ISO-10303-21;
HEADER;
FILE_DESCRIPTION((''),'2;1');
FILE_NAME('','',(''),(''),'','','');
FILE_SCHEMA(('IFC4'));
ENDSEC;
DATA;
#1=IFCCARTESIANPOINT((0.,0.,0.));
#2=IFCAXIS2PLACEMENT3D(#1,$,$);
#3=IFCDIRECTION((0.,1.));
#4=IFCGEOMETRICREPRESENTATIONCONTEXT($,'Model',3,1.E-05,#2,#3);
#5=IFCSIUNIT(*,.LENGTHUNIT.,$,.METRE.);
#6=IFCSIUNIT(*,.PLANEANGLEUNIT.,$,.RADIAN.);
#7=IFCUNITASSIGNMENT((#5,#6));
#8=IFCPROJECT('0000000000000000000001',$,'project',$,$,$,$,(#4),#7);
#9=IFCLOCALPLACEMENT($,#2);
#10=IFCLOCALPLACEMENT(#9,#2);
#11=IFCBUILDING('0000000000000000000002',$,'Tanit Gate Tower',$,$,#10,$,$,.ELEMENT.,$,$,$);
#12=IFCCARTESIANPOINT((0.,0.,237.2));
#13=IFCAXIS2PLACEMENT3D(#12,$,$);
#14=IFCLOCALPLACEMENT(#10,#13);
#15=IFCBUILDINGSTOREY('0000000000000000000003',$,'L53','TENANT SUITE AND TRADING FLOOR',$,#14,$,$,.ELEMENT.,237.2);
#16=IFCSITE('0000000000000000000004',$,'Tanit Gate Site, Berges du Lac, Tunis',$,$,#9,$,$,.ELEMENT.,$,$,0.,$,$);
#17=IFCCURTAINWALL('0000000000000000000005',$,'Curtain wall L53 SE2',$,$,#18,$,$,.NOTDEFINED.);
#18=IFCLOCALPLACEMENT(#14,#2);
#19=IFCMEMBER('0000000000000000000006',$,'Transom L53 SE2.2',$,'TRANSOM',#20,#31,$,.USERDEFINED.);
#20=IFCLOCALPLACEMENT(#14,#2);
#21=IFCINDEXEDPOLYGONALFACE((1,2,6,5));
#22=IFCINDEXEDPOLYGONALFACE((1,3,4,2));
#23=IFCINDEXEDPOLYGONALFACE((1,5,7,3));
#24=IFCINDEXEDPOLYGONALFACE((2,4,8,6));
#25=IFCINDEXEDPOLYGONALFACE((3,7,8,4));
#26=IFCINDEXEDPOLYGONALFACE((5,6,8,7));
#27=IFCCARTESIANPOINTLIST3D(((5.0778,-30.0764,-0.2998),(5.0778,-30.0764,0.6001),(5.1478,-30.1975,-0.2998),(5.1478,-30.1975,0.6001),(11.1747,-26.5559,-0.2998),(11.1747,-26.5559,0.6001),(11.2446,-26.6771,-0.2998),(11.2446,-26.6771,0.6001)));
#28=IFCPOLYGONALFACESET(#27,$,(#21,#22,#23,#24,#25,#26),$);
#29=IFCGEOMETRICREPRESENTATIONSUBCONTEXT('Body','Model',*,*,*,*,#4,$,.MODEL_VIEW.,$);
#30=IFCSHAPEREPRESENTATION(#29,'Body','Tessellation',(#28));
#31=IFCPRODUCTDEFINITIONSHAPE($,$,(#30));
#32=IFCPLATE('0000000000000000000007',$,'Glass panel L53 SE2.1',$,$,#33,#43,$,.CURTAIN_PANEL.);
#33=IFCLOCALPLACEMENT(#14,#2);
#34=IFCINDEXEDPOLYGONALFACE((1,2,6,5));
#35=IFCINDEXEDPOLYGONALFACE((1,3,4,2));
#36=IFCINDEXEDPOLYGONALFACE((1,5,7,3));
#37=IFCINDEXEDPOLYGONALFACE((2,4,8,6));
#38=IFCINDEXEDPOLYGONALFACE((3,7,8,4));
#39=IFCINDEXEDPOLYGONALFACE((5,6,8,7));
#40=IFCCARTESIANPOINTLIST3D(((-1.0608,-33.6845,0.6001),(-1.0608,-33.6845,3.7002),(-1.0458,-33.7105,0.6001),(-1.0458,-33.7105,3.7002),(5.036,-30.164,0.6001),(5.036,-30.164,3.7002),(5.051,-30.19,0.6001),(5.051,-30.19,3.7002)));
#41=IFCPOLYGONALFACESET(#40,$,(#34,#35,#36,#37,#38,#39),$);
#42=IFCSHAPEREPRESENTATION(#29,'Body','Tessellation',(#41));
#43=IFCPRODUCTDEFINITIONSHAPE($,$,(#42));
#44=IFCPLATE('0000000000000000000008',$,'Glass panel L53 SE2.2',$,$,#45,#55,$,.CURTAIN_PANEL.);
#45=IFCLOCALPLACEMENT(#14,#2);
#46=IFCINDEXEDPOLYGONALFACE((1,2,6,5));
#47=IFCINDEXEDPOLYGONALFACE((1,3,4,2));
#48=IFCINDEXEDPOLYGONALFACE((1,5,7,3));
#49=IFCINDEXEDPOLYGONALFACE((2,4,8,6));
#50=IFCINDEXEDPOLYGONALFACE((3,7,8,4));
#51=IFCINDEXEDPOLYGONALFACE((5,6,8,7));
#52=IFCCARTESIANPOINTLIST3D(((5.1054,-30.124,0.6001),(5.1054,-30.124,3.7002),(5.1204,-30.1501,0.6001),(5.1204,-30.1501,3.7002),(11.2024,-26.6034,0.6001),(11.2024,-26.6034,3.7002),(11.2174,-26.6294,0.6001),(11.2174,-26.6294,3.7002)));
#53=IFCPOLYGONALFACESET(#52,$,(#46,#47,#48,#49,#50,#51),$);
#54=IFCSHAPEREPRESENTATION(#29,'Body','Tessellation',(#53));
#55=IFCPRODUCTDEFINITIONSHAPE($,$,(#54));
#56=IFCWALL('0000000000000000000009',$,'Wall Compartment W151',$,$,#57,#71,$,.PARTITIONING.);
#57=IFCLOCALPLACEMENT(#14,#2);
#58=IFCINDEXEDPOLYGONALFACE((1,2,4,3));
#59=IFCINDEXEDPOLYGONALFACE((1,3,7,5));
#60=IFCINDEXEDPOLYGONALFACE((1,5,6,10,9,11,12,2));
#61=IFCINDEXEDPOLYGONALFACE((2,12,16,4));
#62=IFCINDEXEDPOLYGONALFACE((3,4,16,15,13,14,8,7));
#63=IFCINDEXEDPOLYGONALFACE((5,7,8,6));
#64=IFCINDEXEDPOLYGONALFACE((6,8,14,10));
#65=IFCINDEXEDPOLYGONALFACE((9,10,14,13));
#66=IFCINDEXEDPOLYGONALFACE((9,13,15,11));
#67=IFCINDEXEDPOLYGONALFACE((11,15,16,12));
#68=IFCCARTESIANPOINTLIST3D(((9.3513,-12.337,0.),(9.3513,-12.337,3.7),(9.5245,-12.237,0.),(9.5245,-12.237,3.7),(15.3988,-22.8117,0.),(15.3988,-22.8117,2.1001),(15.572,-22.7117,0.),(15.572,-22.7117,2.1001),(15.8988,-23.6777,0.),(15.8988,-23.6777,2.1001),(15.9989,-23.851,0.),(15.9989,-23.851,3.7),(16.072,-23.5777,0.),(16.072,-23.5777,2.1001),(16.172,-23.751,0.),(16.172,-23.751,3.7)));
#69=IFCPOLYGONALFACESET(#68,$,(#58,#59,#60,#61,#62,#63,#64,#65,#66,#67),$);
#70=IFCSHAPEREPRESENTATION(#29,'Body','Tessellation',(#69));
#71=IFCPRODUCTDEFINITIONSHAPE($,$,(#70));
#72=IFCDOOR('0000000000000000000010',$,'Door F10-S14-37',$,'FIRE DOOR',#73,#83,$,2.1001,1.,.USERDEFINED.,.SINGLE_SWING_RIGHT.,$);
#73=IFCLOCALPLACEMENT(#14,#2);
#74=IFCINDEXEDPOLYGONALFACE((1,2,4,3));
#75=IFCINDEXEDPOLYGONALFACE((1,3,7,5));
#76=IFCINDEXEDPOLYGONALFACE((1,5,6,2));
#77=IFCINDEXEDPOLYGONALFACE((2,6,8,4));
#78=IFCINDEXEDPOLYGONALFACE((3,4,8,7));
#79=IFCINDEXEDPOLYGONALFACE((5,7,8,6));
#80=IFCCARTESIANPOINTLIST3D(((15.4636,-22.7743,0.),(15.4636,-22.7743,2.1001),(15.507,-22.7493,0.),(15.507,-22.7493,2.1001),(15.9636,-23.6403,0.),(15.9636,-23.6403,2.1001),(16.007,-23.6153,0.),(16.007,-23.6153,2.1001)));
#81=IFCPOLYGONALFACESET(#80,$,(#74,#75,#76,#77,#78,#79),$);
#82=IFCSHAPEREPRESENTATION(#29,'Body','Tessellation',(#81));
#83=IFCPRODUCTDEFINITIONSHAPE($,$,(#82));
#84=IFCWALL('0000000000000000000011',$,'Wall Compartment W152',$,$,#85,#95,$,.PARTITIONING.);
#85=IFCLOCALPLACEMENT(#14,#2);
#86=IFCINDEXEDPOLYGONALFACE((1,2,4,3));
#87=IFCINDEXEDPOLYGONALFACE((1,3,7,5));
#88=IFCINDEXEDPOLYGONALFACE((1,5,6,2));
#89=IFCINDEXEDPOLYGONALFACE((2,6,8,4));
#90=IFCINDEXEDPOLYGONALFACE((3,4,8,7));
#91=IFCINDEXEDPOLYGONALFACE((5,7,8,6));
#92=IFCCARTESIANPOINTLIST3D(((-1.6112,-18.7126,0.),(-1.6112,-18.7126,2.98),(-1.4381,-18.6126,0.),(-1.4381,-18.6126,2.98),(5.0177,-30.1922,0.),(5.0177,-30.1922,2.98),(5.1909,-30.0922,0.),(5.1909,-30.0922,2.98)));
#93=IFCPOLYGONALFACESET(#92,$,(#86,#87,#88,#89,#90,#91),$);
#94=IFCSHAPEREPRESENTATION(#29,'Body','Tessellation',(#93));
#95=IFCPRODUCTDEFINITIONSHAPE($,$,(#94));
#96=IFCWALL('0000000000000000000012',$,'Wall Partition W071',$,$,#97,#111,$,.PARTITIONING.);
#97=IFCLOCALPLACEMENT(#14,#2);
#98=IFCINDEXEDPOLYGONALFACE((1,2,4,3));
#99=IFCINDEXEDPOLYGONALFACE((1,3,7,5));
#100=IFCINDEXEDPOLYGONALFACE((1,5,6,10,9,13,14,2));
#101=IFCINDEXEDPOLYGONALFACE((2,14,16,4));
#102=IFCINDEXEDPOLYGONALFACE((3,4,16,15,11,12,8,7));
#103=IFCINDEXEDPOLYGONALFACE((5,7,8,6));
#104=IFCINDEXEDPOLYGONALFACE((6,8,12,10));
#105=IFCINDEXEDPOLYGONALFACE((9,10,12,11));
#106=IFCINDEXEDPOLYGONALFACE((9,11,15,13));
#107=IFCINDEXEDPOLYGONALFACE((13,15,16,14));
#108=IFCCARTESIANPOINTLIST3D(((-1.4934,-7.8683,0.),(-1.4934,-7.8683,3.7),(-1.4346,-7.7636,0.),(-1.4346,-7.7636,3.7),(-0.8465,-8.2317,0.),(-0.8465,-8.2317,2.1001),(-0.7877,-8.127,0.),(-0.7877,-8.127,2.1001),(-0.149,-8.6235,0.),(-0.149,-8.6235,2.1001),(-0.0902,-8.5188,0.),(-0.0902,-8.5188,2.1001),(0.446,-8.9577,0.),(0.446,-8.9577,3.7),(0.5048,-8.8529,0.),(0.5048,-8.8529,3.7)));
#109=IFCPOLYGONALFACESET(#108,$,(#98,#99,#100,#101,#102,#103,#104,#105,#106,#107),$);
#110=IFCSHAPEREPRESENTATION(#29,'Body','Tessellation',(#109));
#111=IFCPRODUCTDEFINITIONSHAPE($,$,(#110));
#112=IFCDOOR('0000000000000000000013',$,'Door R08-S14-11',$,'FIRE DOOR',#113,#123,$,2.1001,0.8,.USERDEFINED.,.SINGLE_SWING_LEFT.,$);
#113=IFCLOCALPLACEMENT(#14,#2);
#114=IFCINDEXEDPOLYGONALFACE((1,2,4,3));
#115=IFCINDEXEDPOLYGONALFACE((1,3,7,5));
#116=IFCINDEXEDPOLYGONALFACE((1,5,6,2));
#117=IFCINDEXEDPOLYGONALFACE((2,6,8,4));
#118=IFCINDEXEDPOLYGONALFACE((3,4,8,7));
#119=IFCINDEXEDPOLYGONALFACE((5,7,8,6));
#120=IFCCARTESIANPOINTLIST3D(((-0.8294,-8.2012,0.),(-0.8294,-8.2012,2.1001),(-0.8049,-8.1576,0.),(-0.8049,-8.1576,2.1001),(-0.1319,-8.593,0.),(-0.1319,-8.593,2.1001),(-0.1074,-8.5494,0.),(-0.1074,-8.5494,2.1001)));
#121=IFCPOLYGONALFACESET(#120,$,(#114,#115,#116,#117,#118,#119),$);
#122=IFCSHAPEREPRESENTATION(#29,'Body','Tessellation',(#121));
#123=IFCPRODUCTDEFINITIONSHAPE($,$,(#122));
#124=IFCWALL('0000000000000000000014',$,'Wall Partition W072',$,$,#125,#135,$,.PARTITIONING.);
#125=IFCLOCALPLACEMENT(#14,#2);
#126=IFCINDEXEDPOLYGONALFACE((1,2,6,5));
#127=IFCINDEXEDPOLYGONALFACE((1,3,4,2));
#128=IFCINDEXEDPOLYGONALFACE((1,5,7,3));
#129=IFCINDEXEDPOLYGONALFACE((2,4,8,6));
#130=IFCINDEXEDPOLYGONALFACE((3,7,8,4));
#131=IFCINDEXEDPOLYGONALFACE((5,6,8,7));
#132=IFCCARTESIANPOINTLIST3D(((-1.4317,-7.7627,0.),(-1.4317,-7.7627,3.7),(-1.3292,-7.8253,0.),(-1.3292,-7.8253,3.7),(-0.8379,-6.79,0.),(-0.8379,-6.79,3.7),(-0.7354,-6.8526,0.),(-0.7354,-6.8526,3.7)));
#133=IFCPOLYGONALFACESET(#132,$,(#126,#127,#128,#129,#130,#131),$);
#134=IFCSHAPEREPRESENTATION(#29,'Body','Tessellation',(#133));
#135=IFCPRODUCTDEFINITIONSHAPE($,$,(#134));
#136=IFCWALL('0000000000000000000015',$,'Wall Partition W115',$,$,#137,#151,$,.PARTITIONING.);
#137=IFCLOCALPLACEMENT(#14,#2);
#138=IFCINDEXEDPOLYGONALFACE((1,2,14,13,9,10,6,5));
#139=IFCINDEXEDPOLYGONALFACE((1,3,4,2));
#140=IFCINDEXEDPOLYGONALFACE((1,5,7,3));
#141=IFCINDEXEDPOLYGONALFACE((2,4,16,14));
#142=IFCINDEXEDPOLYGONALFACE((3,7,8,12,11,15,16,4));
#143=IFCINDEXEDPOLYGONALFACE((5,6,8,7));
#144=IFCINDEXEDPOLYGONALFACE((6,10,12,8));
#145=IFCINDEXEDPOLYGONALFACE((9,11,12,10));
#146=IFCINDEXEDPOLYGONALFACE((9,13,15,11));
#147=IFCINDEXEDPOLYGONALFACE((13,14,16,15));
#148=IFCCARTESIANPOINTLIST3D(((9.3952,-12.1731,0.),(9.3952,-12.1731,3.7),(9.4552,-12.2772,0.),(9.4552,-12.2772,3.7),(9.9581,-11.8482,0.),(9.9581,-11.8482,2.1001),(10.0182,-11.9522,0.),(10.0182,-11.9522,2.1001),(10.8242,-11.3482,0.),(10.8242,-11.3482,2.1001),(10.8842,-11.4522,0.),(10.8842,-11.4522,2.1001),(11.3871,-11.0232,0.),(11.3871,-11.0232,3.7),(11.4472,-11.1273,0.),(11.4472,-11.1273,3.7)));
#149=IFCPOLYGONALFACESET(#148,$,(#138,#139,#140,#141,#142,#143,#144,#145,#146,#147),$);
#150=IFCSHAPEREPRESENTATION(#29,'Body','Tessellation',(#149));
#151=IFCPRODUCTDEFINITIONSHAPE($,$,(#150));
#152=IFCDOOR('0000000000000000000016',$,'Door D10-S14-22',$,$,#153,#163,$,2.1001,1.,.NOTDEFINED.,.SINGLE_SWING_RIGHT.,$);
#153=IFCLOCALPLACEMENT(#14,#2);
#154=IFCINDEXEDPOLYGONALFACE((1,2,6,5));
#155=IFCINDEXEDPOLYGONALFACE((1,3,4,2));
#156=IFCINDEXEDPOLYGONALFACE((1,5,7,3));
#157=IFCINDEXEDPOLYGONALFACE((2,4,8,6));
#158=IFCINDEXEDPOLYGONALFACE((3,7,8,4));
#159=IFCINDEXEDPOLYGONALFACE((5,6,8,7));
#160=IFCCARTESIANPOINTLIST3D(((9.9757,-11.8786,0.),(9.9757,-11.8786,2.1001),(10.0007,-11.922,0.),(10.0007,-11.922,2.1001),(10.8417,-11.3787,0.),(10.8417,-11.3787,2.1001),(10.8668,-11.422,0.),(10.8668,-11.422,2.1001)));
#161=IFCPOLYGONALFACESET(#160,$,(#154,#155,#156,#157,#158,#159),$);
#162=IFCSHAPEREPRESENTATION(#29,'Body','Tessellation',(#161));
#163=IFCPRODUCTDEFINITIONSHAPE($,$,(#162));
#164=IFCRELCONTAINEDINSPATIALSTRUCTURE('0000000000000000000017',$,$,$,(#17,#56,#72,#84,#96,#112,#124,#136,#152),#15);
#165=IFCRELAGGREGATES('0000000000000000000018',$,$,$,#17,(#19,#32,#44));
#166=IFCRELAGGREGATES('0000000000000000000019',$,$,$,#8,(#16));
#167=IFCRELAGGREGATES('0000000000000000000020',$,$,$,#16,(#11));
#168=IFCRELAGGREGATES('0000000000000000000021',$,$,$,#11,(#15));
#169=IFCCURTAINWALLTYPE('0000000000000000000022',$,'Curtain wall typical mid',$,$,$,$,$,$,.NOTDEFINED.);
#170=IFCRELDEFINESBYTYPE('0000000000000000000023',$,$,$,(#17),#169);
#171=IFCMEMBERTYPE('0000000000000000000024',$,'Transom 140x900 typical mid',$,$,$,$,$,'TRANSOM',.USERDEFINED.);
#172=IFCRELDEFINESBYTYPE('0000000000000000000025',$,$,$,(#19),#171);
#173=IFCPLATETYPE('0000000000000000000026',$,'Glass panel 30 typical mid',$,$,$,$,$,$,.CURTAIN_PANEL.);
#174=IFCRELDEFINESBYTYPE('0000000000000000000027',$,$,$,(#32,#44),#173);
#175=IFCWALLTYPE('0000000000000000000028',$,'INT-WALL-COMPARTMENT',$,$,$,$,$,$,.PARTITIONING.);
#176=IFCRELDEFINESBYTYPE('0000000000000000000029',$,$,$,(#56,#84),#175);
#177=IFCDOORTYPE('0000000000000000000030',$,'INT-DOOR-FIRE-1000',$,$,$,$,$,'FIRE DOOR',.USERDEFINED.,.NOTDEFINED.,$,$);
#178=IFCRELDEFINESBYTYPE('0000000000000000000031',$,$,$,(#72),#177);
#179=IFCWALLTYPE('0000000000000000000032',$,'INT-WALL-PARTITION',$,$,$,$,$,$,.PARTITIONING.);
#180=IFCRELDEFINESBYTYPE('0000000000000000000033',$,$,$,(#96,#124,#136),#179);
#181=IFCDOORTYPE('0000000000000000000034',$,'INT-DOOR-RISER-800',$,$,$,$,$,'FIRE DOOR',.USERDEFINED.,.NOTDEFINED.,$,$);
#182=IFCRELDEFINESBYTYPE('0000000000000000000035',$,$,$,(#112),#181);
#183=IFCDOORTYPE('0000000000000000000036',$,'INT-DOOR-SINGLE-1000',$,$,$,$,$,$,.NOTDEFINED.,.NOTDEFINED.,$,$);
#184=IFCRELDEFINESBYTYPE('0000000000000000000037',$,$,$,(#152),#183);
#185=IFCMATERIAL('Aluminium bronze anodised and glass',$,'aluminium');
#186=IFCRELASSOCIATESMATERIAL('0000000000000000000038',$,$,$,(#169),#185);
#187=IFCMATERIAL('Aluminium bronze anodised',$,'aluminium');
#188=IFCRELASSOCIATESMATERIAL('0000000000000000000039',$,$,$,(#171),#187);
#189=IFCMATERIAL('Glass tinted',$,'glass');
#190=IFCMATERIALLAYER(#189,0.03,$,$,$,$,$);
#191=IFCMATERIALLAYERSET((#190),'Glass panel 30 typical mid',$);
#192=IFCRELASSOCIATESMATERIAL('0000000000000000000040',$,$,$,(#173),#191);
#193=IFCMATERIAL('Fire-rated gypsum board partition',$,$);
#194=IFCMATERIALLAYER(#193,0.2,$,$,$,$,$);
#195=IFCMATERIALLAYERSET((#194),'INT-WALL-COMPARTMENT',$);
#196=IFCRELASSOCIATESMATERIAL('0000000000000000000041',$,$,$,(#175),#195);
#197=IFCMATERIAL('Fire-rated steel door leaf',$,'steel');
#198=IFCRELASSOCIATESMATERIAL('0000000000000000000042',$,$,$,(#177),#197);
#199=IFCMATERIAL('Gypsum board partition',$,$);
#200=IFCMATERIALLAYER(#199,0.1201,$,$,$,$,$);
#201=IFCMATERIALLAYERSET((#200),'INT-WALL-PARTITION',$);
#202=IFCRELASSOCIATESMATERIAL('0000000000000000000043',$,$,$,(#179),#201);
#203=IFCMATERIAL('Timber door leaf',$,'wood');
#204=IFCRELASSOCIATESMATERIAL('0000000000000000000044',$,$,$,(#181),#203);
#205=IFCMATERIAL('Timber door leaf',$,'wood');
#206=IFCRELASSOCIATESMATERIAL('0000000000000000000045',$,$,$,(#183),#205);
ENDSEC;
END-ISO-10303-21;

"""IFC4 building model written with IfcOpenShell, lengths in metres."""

from ifc_helpers import new_model, si_unit, direction, frame, frame_2d, origin, origin_2d, place, context, subcontext, project, spatial, rectangle, extrude, material, layer, layer_set, material_profile, profile_set, type_object, element, fill, aggregate, save


model = new_model("IFC4")

# Units and contexts
model_context = context("Model", 3, precision=1e-05, world=origin(), true_north=direction((0.0, 1.0)))
body_context = subcontext(model_context, "Body", "Model", "MODEL_VIEW")
ifc_project = project(units=[si_unit("LENGTHUNIT", "METRE"), si_unit("PLANEANGLEUNIT", "RADIAN")], contexts=[model_context])

# Site, building, storey
site_placement = place(None, origin())
site = spatial("IfcSite", under=ifc_project, at=site_placement, Name="Tanit Gate Site, Berges du Lac, Tunis", CompositionType="ELEMENT", RefElevation=0.0)
building_placement = place(site_placement, origin())
building = spatial("IfcBuilding", under=site, at=building_placement, Name="Tanit Gate Tower", CompositionType="ELEMENT")
storey_placement = place(building_placement, frame((0.0, 0.0, 237.2)))
storey = spatial("IfcBuildingStorey", under=building, at=storey_placement, Name="L53", Description="TENANT SUITE AND TRADING FLOOR", CompositionType="ELEMENT", Elevation=237.2)

# Curtain wall
ifc_material_1 = material(Name="Aluminium bronze anodised and glass", Category="aluminium")
curtain_wall_type = type_object("IfcCurtainWallType", Name="Curtain wall typical mid", PredefinedType="NOTDEFINED", material=ifc_material_1)
curtain_wall_1_placement = place(storey_placement, origin())
curtain_wall_1 = element("IfcCurtainWall", 1, at=curtain_wall_1_placement, inside=storey, type_object=curtain_wall_type, Name="Curtain wall L53 SE2", PredefinedType="NOTDEFINED")

# Member
ifc_material_2 = material(Name="Aluminium bronze anodised", Category="aluminium")
ifc_material_profile_1 = material_profile(ifc_material_2, rectangle(XDim=0.1399, YDim=0.8999, at=origin_2d()), Name="140x900 bronze transom")
ifc_profile_set_1 = profile_set([ifc_material_profile_1], Name="Aluminium bronze anodised")
member_type_1 = type_object("IfcMemberType", Name="Transom 140x900 typical mid", ElementType="TRANSOM", PredefinedType="USERDEFINED", material=ifc_profile_set_1)
member_1_placement = place(storey_placement, frame((5.1128, -30.137, 0.1501), z_axis=(0.865998, 0.500048, 0.0), x_axis=(-0.500048, 0.865998, 0.0)))
member_1 = element("IfcMember", 2, at=member_1_placement, type_object=member_type_1, Name="Transom L53 SE2.2", ObjectType="TRANSOM", PredefinedType="USERDEFINED", context=body_context, shape_type="SweptSolid", body=[
    extrude(rectangle(XDim=0.1399, YDim=0.8999, at=origin_2d()), origin(), (0.0, 0.0, 1.0), 7.0403),
])

# Plates
ifc_material_3 = material(Name="Glass tinted", Category="glass")
ifc_layer_1 = layer(ifc_material_3, 0.03)
ifc_layer_set_1 = layer_set([ifc_layer_1], Name="Glass panel 30 typical mid")
plate_type = type_object("IfcPlateType", Name="Glass panel 30 typical mid", PredefinedType="CURTAIN_PANEL", material=ifc_layer_set_1)
plate_1_placement = place(storey_placement, frame((1.9951, -31.9373, 0.6001), z_axis=(0.0, 0.0, 1.0), x_axis=(0.865991, 0.50006, 0.0)))
plate_1 = element("IfcPlate", 3, at=plate_1_placement, type_object=plate_type, Name="Glass panel L53 SE2.1", PredefinedType="CURTAIN_PANEL", context=body_context, shape_type="SweptSolid", body=[
    extrude(rectangle(XDim=7.0403, YDim=0.03, at=origin_2d()), origin(), (0.0, 0.0, 1.0), 3.1001),
])
plate_2_placement = place(storey_placement, frame((8.1614, -28.3767, 0.6001), z_axis=(0.0, 0.0, 1.0), x_axis=(0.865991, 0.50006, 0.0)))
plate_2 = element("IfcPlate", 4, at=plate_2_placement, type_object=plate_type, Name="Glass panel L53 SE2.2", PredefinedType="CURTAIN_PANEL", context=body_context, shape_type="SweptSolid", body=[
    extrude(rectangle(XDim=7.0405, YDim=0.03, at=origin_2d()), origin(), (0.0, 0.0, 1.0), 3.1001),
])
aggregate(curtain_wall_1, [member_1, plate_1, plate_2])

# Wall, opening, door
ifc_material_4 = material(Name="Fire-rated gypsum board partition")
ifc_layer_2 = layer(ifc_material_4, 0.2)
ifc_layer_set_2 = layer_set([ifc_layer_2], Name="INT-WALL-COMPARTMENT")
wall_type_1 = type_object("IfcWallType", Name="INT-WALL-COMPARTMENT", PredefinedType="PARTITIONING", material=ifc_layer_set_2)
wall_1_placement = place(storey_placement, frame((9.438, -12.2871, 0.0), z_axis=(0.0, 0.0, 1.0), x_axis=(0.499994, -0.866029, 0.0)))
wall_1 = element("IfcWall", 5, at=wall_1_placement, inside=storey, type_object=wall_type_1, Name="Wall Compartment W151", PredefinedType="PARTITIONING", context=body_context, shape_type="SweptSolid", body=[
    extrude(rectangle(XDim=13.2952, YDim=0.2, at=frame_2d((6.6475, 0.0))), origin(), (0.0, 0.0, 1.0), 3.7),
])
opening_1_placement = place(wall_1_placement, frame((12.095, 0.0, 0.0)))
opening_1 = element("IfcOpeningElement", 6, at=opening_1_placement, cuts=wall_1, PredefinedType="OPENING", context=body_context, shape_type="SweptSolid", body=[
    extrude(rectangle(XDim=1.0, YDim=2.1001, at=frame_2d((0.5, 1.05))), frame((0.0, 0.1099, 0.0), z_axis=(0.0, -1.0, 0.0), x_axis=(1.0, 0.0, 0.0)), (0.0, 0.0, 1.0), 0.22),
])
ifc_material_5 = material(Name="Fire-rated steel door leaf", Category="steel")
door_type_1 = type_object("IfcDoorType", Name="INT-DOOR-FIRE-1000", ElementType="FIRE DOOR", OperationType="NOTDEFINED", PredefinedType="USERDEFINED", material=ifc_material_5)
door_1_placement = place(opening_1_placement, origin())
door_1 = element("IfcDoor", 7, at=door_1_placement, inside=storey, type_object=door_type_1, Name="Door F10-S14-37", ObjectType="FIRE DOOR", OperationType="SINGLE_SWING_RIGHT", OverallHeight=2.1001, OverallWidth=1.0, PredefinedType="USERDEFINED", context=body_context, shape_type="SweptSolid", body=[
    extrude(rectangle(XDim=1.0, YDim=2.1001, at=frame_2d((0.5, 1.05))), frame((0.0, 0.0249, 0.0), z_axis=(0.0, -1.0, 0.0), x_axis=(1.0, 0.0, 0.0)), (0.0, 0.0, 1.0), 0.05),
])
fill(opening_1, door_1)

# Wall
wall_2_placement = place(storey_placement, frame((5.1042, -30.1421, 0.0), z_axis=(0.0, 0.0, 1.0), x_axis=(-0.500069, 0.865986, 0.0)))
element("IfcWall", 8, at=wall_2_placement, inside=storey, type_object=wall_type_1, Name="Wall Compartment W152", PredefinedType="PARTITIONING", context=body_context, shape_type="SweptSolid", body=[
    extrude(rectangle(XDim=13.2561, YDim=0.2, at=frame_2d((6.6279, 0.0))), origin(), (0.0, 0.0, 1.0), 2.98),
])

# Wall, opening, door
ifc_material_6 = material(Name="Gypsum board partition")
ifc_layer_3 = layer(ifc_material_6, 0.1201)
ifc_layer_set_3 = layer_set([ifc_layer_3], Name="INT-WALL-PARTITION")
wall_type_2 = type_object("IfcWallType", Name="INT-WALL-PARTITION", PredefinedType="PARTITIONING", material=ifc_layer_set_3)
wall_3_placement = place(storey_placement, frame((-1.4641, -7.8159, 0.0), z_axis=(0.0, 0.0, 1.0), x_axis=(0.87188, -0.489719, 0.0)))
wall_3 = element("IfcWall", 9, at=wall_3_placement, inside=storey, type_object=wall_type_2, Name="Wall Partition W071", PredefinedType="PARTITIONING", context=body_context, shape_type="SweptSolid", body=[
    extrude(rectangle(XDim=2.2244, YDim=0.1201, at=frame_2d((1.1123, 0.0))), origin(), (0.0, 0.0, 1.0), 3.7),
])
opening_2_placement = place(wall_3_placement, frame((0.7422, 0.0, 0.0)))
opening_2 = element("IfcOpeningElement", 10, at=opening_2_placement, cuts=wall_3, PredefinedType="OPENING", context=body_context, shape_type="SweptSolid", body=[
    extrude(rectangle(XDim=0.8, YDim=2.1001, at=frame_2d((0.3999, 1.05))), frame((0.0, 0.0701, 0.0), z_axis=(0.0, -1.0, 0.0), x_axis=(1.0, 0.0, 0.0)), (0.0, 0.0, 1.0), 0.1401),
])
ifc_material_7 = material(Name="Timber door leaf", Category="wood")
door_type_2 = type_object("IfcDoorType", Name="INT-DOOR-RISER-800", ElementType="FIRE DOOR", OperationType="NOTDEFINED", PredefinedType="USERDEFINED", material=ifc_material_7)
door_2_placement = place(opening_2_placement, origin())
door_2 = element("IfcDoor", 11, at=door_2_placement, inside=storey, type_object=door_type_2, Name="Door R08-S14-11", ObjectType="FIRE DOOR", OperationType="SINGLE_SWING_LEFT", OverallHeight=2.1001, OverallWidth=0.8, PredefinedType="USERDEFINED", context=body_context, shape_type="SweptSolid", body=[
    extrude(rectangle(XDim=0.8, YDim=2.1001, at=frame_2d((0.3999, 1.05))), frame((0.0, 0.0249, 0.0), z_axis=(0.0, -1.0, 0.0), x_axis=(1.0, 0.0, 0.0)), (0.0, 0.0, 1.0), 0.05),
])
fill(opening_2, door_2)

# Wall
wall_4_placement = place(storey_placement, frame((-0.7866, -6.8213, 0.0), z_axis=(0.0, 0.0, 1.0), x_axis=(-0.521034, -0.853536, 0.0)))
element("IfcWall", 12, at=wall_4_placement, inside=storey, type_object=wall_type_2, Name="Wall Partition W072", PredefinedType="PARTITIONING", context=body_context, shape_type="SweptSolid", body=[
    extrude(rectangle(XDim=1.1396, YDim=0.1201, at=frame_2d((0.5698, 0.0))), origin(), (0.0, 0.0, 1.0), 3.7),
])

# Wall, opening, door
wall_5_placement = place(storey_placement, frame((9.4253, -12.2251, 0.0), z_axis=(0.0, 0.0, 1.0), x_axis=(0.866053, 0.499952, 0.0)))
wall_5 = element("IfcWall", 13, at=wall_5_placement, inside=storey, type_object=wall_type_2, Name="Wall Partition W115", PredefinedType="PARTITIONING", context=body_context, shape_type="SweptSolid", body=[
    extrude(rectangle(XDim=2.3, YDim=0.1201, at=frame_2d((1.1499, 0.0))), origin(), (0.0, 0.0, 1.0), 3.7),
])
opening_3_placement = place(wall_5_placement, frame((0.6499, 0.0, 0.0)))
opening_3 = element("IfcOpeningElement", 14, at=opening_3_placement, cuts=wall_5, PredefinedType="OPENING", context=body_context, shape_type="SweptSolid", body=[
    extrude(rectangle(XDim=1.0, YDim=2.1001, at=frame_2d((0.5, 1.05))), frame((0.0, 0.0701, 0.0), z_axis=(0.0, -1.0, 0.0), x_axis=(1.0, 0.0, 0.0)), (0.0, 0.0, 1.0), 0.1401),
])
ifc_material_8 = material(Name="Timber door leaf", Category="wood")
door_type_3 = type_object("IfcDoorType", Name="INT-DOOR-SINGLE-1000", OperationType="NOTDEFINED", PredefinedType="NOTDEFINED", material=ifc_material_8)
door_3_placement = place(opening_3_placement, origin())
door_3 = element("IfcDoor", 15, at=door_3_placement, inside=storey, type_object=door_type_3, Name="Door D10-S14-22", OperationType="SINGLE_SWING_RIGHT", OverallHeight=2.1001, OverallWidth=1.0, PredefinedType="NOTDEFINED", context=body_context, shape_type="SweptSolid", body=[
    extrude(rectangle(XDim=1.0, YDim=2.1001, at=frame_2d((0.5, 1.05))), frame((0.0, 0.0249, 0.0), z_axis=(0.0, -1.0, 0.0), x_axis=(1.0, 0.0, 0.0)), (0.0, 0.0, 1.0), 0.05),
])
fill(opening_3, door_3)

save(model, "model.ifc")
